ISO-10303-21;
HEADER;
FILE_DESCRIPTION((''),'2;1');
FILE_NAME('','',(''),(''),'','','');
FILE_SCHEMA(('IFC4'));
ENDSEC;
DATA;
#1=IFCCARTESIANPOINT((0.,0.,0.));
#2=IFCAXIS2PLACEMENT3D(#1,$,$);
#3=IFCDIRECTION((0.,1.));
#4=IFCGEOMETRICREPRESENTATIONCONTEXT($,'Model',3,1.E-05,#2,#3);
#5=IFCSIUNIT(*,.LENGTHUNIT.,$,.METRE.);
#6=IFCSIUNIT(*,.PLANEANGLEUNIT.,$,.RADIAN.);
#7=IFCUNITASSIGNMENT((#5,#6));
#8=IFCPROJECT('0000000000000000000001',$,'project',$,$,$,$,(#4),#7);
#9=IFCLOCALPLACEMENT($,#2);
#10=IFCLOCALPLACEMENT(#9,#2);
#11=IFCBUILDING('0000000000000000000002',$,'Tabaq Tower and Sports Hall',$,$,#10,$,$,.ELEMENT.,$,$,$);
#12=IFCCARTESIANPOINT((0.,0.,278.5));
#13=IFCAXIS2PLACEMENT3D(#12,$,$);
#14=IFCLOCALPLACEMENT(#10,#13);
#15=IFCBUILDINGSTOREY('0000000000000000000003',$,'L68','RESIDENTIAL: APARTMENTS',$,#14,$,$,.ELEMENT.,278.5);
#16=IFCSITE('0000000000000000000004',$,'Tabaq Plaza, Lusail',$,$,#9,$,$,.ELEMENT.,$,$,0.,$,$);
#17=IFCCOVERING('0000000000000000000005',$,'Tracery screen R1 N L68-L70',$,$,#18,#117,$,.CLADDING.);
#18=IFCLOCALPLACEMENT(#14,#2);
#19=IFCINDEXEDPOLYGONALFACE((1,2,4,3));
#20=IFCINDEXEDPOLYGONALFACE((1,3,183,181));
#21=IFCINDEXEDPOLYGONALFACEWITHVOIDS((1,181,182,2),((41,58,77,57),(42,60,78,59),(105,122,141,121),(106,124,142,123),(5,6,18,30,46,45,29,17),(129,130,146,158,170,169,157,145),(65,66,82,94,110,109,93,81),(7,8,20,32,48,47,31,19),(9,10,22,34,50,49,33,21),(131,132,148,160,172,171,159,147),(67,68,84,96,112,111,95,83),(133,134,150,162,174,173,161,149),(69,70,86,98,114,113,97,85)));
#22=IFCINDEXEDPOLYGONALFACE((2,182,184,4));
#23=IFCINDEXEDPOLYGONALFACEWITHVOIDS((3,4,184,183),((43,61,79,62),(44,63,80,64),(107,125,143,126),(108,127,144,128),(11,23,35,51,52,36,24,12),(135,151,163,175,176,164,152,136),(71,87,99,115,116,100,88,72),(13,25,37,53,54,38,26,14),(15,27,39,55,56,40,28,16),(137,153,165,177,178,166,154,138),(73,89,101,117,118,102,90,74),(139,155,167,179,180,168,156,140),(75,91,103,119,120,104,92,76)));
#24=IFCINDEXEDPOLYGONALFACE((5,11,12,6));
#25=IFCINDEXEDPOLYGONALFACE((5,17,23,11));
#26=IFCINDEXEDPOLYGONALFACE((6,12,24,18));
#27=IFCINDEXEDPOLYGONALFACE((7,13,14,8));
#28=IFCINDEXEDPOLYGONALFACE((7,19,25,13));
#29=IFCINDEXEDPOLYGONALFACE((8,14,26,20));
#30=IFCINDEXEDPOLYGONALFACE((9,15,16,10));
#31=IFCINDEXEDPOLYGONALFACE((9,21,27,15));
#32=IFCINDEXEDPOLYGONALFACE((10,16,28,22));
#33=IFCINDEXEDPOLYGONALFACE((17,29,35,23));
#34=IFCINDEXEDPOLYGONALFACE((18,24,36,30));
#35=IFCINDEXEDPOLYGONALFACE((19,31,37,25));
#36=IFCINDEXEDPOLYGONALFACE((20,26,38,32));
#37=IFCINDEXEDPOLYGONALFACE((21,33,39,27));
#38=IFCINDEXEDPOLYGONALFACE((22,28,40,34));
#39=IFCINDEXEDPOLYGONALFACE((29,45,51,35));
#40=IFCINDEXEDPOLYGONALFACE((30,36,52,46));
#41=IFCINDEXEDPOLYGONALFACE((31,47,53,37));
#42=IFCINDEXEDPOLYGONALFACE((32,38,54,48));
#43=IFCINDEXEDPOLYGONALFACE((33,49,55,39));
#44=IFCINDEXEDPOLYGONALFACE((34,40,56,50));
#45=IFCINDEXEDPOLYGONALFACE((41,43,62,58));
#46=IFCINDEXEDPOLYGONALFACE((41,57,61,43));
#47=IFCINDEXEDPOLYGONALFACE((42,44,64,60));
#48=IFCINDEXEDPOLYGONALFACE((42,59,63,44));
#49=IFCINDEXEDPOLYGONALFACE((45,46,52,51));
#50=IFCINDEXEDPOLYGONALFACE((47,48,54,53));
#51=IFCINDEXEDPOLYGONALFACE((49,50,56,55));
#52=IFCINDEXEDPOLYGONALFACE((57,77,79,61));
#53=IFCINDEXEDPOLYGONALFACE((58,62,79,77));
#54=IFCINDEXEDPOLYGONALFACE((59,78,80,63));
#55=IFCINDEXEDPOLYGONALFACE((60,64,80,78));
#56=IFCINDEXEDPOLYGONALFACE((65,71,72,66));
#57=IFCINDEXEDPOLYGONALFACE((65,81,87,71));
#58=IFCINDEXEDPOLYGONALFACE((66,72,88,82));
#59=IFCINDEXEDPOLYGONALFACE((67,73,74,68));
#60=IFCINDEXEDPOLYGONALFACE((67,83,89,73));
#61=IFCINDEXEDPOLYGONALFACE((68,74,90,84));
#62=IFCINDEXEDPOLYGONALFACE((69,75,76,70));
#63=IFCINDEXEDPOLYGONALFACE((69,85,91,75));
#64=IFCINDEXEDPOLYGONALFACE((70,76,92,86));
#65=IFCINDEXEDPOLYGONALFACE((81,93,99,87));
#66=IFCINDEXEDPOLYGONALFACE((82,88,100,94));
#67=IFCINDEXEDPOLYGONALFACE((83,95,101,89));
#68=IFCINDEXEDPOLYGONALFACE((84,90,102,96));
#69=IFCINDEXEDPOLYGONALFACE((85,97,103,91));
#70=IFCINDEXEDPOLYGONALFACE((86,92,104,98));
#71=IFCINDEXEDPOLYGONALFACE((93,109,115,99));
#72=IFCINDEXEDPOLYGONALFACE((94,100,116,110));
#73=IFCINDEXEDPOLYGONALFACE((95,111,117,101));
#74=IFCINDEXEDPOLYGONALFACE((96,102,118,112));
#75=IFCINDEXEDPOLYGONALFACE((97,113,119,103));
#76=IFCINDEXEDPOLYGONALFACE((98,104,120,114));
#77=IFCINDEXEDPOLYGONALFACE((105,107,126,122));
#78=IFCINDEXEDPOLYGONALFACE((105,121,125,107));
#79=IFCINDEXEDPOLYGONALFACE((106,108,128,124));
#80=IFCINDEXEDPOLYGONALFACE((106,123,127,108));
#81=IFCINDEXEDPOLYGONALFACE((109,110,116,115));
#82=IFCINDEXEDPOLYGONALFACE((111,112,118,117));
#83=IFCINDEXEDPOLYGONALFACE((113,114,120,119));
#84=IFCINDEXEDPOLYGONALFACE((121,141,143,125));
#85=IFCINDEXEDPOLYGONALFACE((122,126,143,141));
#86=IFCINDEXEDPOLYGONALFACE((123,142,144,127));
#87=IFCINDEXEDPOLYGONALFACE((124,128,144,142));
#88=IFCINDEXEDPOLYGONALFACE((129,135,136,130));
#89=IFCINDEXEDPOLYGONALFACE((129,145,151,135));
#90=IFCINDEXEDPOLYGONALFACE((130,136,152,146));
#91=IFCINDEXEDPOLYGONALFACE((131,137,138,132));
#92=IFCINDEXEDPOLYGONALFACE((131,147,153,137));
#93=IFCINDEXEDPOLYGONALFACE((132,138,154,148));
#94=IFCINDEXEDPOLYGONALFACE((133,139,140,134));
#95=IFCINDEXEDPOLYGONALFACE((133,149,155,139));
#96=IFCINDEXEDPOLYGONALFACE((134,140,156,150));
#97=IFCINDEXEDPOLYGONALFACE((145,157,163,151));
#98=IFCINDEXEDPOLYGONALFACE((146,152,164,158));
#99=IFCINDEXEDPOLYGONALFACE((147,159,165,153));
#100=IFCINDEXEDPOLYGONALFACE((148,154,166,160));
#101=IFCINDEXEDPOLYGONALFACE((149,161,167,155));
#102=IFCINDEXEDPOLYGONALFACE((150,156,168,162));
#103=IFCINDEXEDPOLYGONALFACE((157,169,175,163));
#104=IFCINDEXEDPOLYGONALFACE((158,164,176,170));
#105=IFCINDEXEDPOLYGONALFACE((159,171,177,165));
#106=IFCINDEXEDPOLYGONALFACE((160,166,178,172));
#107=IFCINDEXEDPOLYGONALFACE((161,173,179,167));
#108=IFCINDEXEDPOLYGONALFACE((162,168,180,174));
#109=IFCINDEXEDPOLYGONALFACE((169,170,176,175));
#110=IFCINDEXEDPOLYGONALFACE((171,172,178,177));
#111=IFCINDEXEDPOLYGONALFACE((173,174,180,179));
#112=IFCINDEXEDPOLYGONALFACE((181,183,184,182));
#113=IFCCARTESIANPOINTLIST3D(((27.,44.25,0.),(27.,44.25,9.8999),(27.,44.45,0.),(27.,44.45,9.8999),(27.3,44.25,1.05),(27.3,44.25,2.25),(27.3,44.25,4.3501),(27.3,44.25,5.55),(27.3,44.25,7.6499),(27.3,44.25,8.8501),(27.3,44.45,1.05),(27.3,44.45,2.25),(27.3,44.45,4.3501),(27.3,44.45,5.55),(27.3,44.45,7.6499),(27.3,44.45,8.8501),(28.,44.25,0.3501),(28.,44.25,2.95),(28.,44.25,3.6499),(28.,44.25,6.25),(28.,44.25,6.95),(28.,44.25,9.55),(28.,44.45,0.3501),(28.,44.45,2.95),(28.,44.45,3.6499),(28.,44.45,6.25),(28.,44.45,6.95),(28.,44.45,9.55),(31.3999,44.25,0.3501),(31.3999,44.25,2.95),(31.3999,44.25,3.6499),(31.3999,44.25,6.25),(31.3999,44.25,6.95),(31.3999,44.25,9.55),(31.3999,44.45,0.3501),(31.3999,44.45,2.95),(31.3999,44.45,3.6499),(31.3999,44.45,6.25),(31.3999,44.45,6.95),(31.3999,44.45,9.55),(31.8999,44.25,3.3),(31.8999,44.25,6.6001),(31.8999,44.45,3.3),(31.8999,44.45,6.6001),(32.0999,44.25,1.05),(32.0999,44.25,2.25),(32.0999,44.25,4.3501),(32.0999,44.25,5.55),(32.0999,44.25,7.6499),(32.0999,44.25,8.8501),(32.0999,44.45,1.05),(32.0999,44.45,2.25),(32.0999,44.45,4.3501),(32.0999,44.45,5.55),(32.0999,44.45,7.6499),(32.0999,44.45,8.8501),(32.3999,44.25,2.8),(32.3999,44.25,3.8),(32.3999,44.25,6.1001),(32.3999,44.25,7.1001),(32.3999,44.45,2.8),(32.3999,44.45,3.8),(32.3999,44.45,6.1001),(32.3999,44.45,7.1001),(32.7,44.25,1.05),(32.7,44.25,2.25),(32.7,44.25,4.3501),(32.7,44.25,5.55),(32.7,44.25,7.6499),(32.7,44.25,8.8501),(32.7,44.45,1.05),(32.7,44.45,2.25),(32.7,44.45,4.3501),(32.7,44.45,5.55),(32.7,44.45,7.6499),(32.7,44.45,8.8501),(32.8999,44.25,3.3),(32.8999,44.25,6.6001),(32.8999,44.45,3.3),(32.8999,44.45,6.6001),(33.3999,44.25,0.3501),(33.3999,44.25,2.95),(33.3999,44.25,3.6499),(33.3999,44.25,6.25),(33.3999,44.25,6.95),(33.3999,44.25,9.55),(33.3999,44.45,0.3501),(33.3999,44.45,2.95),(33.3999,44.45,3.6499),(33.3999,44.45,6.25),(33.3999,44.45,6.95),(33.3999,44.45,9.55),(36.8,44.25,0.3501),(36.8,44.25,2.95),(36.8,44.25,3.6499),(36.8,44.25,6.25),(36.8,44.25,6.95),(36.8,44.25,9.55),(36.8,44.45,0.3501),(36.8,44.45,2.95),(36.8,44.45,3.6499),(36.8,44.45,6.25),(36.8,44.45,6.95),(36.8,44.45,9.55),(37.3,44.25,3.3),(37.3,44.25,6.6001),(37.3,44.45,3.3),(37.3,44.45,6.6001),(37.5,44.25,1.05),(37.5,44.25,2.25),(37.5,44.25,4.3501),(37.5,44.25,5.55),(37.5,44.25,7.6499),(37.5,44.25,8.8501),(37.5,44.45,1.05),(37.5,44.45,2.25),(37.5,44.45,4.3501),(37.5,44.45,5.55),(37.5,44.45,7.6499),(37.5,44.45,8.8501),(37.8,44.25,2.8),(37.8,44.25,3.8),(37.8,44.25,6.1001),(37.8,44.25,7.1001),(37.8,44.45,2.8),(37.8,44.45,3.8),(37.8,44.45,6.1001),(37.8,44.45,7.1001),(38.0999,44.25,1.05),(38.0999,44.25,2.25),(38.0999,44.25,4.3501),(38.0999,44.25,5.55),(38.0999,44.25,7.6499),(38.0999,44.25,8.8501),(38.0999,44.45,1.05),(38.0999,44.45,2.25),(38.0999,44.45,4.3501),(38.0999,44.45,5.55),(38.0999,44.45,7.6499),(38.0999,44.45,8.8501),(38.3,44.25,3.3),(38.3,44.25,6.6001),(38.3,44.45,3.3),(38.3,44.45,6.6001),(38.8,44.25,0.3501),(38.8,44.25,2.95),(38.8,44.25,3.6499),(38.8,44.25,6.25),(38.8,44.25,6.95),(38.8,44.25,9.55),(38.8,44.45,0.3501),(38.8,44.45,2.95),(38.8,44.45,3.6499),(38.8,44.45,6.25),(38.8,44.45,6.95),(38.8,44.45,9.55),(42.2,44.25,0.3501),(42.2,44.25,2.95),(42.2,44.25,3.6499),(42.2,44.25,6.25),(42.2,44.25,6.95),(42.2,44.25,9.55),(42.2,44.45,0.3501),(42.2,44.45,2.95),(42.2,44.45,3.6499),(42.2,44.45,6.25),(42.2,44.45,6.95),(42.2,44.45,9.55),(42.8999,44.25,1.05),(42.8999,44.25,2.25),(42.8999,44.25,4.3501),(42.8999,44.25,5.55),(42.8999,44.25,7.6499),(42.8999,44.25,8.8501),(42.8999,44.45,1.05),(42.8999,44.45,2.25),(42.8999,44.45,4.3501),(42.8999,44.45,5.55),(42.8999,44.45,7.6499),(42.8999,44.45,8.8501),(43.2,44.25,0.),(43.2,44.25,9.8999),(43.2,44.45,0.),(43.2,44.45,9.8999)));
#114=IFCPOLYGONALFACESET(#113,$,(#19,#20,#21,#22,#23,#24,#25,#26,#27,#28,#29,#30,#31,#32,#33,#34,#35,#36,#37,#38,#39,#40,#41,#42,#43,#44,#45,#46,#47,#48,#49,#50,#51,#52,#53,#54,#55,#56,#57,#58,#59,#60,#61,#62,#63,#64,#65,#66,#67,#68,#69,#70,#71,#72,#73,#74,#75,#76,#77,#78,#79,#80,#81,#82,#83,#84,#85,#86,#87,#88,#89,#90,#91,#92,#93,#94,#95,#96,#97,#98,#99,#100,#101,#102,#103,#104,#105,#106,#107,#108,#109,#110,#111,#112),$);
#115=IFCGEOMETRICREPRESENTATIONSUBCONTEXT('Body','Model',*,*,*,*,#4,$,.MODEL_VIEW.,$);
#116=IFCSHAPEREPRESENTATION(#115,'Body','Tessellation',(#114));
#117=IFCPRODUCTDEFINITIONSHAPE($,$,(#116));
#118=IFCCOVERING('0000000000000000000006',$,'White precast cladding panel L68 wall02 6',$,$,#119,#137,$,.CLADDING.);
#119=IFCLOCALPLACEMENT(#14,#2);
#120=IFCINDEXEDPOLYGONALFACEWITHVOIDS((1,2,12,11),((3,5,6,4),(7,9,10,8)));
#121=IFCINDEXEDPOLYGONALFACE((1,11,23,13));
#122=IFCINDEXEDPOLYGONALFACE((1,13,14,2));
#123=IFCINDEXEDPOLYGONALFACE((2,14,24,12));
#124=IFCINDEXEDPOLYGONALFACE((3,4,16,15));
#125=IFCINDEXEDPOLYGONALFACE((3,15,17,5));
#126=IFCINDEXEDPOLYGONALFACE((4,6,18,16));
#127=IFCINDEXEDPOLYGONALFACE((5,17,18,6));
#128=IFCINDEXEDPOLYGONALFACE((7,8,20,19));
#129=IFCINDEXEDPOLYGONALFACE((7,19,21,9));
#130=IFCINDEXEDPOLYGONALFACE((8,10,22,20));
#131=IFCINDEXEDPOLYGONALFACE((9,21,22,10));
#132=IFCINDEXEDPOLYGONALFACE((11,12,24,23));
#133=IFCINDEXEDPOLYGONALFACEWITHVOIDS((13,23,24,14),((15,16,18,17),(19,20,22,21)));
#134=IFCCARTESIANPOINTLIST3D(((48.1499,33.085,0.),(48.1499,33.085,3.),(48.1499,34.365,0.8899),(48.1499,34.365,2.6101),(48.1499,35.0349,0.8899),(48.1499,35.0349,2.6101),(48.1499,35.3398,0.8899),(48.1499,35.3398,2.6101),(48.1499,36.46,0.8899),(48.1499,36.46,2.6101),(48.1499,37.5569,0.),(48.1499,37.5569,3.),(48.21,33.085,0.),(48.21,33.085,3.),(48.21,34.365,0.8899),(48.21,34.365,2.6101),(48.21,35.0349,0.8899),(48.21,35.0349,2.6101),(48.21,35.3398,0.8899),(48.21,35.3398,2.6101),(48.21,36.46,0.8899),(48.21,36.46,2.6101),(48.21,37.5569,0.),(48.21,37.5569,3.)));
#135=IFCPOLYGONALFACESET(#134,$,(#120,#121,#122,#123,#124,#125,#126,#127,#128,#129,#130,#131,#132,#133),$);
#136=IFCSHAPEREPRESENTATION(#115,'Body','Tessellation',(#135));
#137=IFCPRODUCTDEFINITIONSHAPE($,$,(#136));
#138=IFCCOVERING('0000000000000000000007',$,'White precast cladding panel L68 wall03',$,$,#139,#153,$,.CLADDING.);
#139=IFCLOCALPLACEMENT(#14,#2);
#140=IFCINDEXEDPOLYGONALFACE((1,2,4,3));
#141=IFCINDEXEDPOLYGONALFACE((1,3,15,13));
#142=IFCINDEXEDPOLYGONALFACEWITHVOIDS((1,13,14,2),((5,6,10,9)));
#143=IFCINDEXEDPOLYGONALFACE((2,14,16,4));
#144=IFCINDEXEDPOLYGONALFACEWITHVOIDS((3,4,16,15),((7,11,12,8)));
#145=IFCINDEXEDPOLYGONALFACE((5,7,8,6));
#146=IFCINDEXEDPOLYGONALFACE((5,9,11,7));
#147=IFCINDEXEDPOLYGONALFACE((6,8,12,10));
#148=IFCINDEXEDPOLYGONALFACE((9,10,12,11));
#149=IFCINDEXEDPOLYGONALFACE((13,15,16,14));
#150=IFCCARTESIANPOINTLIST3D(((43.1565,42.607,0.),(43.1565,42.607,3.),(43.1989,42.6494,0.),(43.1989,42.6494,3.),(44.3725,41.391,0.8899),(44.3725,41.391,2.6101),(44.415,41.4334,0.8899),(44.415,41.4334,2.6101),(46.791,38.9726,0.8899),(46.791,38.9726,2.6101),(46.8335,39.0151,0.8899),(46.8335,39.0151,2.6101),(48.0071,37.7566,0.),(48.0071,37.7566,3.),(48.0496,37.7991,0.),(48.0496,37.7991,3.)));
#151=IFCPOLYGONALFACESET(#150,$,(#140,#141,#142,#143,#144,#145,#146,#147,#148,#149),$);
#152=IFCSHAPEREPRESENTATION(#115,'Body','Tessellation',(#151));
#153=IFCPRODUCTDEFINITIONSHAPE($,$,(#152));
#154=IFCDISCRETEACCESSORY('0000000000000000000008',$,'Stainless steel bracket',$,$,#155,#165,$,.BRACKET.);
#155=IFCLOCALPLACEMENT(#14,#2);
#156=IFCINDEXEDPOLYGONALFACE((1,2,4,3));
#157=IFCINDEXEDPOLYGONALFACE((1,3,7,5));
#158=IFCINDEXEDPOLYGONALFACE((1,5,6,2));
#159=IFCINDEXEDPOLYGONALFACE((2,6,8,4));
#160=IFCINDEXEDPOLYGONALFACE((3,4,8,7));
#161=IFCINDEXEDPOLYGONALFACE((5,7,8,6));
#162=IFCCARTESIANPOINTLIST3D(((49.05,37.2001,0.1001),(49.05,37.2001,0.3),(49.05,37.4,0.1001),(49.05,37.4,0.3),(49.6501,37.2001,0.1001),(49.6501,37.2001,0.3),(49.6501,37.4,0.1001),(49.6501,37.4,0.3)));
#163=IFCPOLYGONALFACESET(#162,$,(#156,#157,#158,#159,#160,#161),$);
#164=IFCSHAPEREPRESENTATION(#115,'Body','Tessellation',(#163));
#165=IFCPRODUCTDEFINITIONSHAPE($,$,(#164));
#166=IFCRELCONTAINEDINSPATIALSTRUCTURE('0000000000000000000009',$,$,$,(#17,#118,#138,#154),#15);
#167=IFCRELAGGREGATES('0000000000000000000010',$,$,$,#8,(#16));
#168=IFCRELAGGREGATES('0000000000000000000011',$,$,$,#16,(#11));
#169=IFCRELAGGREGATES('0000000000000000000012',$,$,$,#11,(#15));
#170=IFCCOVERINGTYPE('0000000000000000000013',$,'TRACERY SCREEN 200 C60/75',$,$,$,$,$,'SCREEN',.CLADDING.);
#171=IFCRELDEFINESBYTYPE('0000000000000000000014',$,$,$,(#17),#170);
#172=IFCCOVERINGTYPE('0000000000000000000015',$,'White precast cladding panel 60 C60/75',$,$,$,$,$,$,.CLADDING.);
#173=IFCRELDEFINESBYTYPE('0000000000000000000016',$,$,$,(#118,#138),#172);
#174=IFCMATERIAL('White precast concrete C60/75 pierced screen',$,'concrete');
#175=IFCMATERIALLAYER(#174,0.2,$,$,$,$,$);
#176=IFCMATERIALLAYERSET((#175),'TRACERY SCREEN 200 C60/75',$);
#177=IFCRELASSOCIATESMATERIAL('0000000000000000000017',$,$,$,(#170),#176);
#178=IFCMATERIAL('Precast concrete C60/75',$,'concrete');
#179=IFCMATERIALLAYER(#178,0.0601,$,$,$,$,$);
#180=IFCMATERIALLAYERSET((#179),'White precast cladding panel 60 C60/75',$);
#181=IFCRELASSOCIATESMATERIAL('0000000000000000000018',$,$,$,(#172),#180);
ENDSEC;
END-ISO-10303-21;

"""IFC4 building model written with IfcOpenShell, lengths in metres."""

from ifc_helpers import new_model, si_unit, direction, frame, origin, origin_2d, place, context, subcontext, project, spatial, polyline, rectangle, outline, extrude, material, layer, layer_set, type_object, element, save


model = new_model("IFC4")

# Units and contexts
model_context = context("Model", 3, precision=1e-05, world=origin(), true_north=direction((0.0, 1.0)))
body_context = subcontext(model_context, "Body", "Model", "MODEL_VIEW")
ifc_project = project(units=[si_unit("LENGTHUNIT", "METRE"), si_unit("PLANEANGLEUNIT", "RADIAN")], contexts=[model_context])

# Site, building, storey
site_placement = place(None, origin())
site = spatial("IfcSite", under=ifc_project, at=site_placement, Name="Tabaq Plaza, Lusail", CompositionType="ELEMENT", RefElevation=0.0)
building_placement = place(site_placement, origin())
building = spatial("IfcBuilding", under=site, at=building_placement, Name="Tabaq Tower and Sports Hall", CompositionType="ELEMENT")
storey_placement = place(building_placement, frame((0.0, 0.0, 278.5)))
storey = spatial("IfcBuildingStorey", under=building, at=storey_placement, Name="L68", Description="RESIDENTIAL: APARTMENTS", CompositionType="ELEMENT", Elevation=278.5)

# Coverings
ifc_material_1 = material(Name="White precast concrete C60/75 pierced screen", Category="concrete")
ifc_layer_1 = layer(ifc_material_1, 0.2)
ifc_layer_set_1 = layer_set([ifc_layer_1], Name="TRACERY SCREEN 200 C60/75")
covering_type_1 = type_object("IfcCoveringType", Name="TRACERY SCREEN 200 C60/75", ElementType="SCREEN", PredefinedType="CLADDING", material=ifc_layer_set_1)
covering_1_placement = place(storey_placement, frame((43.2, 44.3501, 0.0), z_axis=(0.0, 0.0, 1.0), x_axis=(-1.0, 0.0, 0.0)))
element("IfcCovering", 1, at=covering_1_placement, inside=storey, type_object=covering_type_1, Name="Tracery screen R1 N L68-L70", PredefinedType="CLADDING", context=body_context, shape_type="SweptSolid", body=[
    extrude(outline(polyline([(0.0, 0.0), (16.2, 0.0), (16.2, 9.8999), (0.0, 9.8999), (0.0, 0.0)]), holes=[polyline([(1.0, 0.3501), (4.3999, 0.3501), (5.1001, 1.05), (5.1001, 2.25), (4.3999, 2.95), (1.0, 2.95), (0.3, 2.25), (0.3, 1.05), (1.0, 0.3501)]), polyline([(6.3999, 0.3501), (9.8, 0.3501), (10.5, 1.05), (10.5, 2.25), (9.8, 2.95), (6.3999, 2.95), (5.7, 2.25), (5.7, 1.05), (6.3999, 0.3501)]), polyline([(11.8, 0.3501), (15.2, 0.3501), (15.8999, 1.05), (15.8999, 2.25), (15.2, 2.95), (11.8, 2.95), (11.1001, 2.25), (11.1001, 1.05), (11.8, 0.3501)]), polyline([(1.0, 3.6499), (4.3999, 3.6499), (5.1001, 4.3501), (5.1001, 5.55), (4.3999, 6.25), (1.0, 6.25), (0.3, 5.55), (0.3, 4.3501), (1.0, 3.6499)]), polyline([(6.3999, 3.6499), (9.8, 3.6499), (10.5, 4.3501), (10.5, 5.55), (9.8, 6.25), (6.3999, 6.25), (5.7, 5.55), (5.7, 4.3501), (6.3999, 3.6499)]), polyline([(11.8, 3.6499), (15.2, 3.6499), (15.8999, 4.3501), (15.8999, 5.55), (15.2, 6.25), (11.8, 6.25), (11.1001, 5.55), (11.1001, 4.3501), (11.8, 3.6499)]), polyline([(1.0, 6.95), (4.3999, 6.95), (5.1001, 7.6499), (5.1001, 8.8501), (4.3999, 9.55), (1.0, 9.55), (0.3, 8.8501), (0.3, 7.6499), (1.0, 6.95)]), polyline([(6.3999, 6.95), (9.8, 6.95), (10.5, 7.6499), (10.5, 8.8501), (9.8, 9.55), (6.3999, 9.55), (5.7, 8.8501), (5.7, 7.6499), (6.3999, 6.95)]), polyline([(11.8, 6.95), (15.2, 6.95), (15.8999, 7.6499), (15.8999, 8.8501), (15.2, 9.55), (11.8, 9.55), (11.1001, 8.8501), (11.1001, 7.6499), (11.8, 6.95)]), polyline([(5.8999, 3.3), (5.3999, 3.8), (4.8999, 3.3), (5.3999, 2.8), (5.8999, 3.3)]), polyline([(11.3, 3.3), (10.8, 3.8), (10.3, 3.3), (10.8, 2.8), (11.3, 3.3)]), polyline([(5.8999, 6.6001), (5.3999, 7.1001), (4.8999, 6.6001), (5.3999, 6.1001), (5.8999, 6.6001)]), polyline([(11.3, 6.6001), (10.8, 7.1001), (10.3, 6.6001), (10.8, 6.1001), (11.3, 6.6001)])]), frame((0.0, 0.1001, 0.0), z_axis=(0.0, -1.0, 0.0), x_axis=(1.0, 0.0, 0.0)), (0.0, 0.0, 1.0), 0.2),
])
ifc_material_2 = material(Name="Precast concrete C60/75", Category="concrete")
ifc_layer_2 = layer(ifc_material_2, 0.0601)
ifc_layer_set_2 = layer_set([ifc_layer_2], Name="White precast cladding panel 60 C60/75")
covering_type_2 = type_object("IfcCoveringType", Name="White precast cladding panel 60 C60/75", PredefinedType="CLADDING", material=ifc_layer_set_2)
covering_2_placement = place(storey_placement, frame((48.1799, 33.085, 0.0), z_axis=(0.0, 0.0, 1.0), x_axis=(0.0, 1.0, 0.0)))
element("IfcCovering", 2, at=covering_2_placement, inside=storey, type_object=covering_type_2, Name="White precast cladding panel L68 wall02 6", PredefinedType="CLADDING", context=body_context, shape_type="SweptSolid", body=[
    extrude(outline(polyline([(0.0, 0.0), (4.4719, 0.0), (4.4719, 3.0), (0.0, 3.0), (0.0, 0.0)]), holes=[polyline([(1.28, 2.6101), (1.95, 2.6101), (1.95, 0.8899), (1.28, 0.8899), (1.28, 2.6101)]), polyline([(2.2549, 2.6101), (3.375, 2.6101), (3.375, 0.8899), (2.2549, 0.8899), (2.2549, 2.6101)])]), frame((0.0, 0.03, 0.0), z_axis=(0.0, -1.0, 0.0), x_axis=(1.0, 0.0, 0.0)), (0.0, 0.0, 1.0), 0.0601),
])
covering_3_placement = place(storey_placement, frame((48.0283, 37.7778, 0.0), z_axis=(0.0, 0.0, 1.0), x_axis=(-0.707125, 0.707089, 0.0)))
element("IfcCovering", 3, at=covering_3_placement, inside=storey, type_object=covering_type_2, Name="White precast cladding panel L68 wall03", PredefinedType="CLADDING", context=body_context, shape_type="SweptSolid", body=[
    extrude(outline(polyline([(0.0, 0.0), (6.8596, 0.0), (6.8596, 3.0), (0.0, 3.0), (0.0, 0.0)]), holes=[polyline([(1.7197, 0.8899), (1.7197, 2.6101), (5.1399, 2.6101), (5.1399, 0.8899), (1.7197, 0.8899)])]), frame((0.0, 0.03, 0.0), z_axis=(0.0, -1.0, 0.0), x_axis=(1.0, 0.0, 0.0)), (0.0, 0.0, 1.0), 0.0601),
])

# Discrete accessory
discrete_accessory_placement = place(storey_placement, frame((49.3501, 37.3, 0.1001), z_axis=(0.0, 0.0, 1.0), x_axis=(1.0, 0.0, 0.0)))
element("IfcDiscreteAccessory", 4, at=discrete_accessory_placement, inside=storey, Name="Stainless steel bracket", PredefinedType="BRACKET", context=body_context, shape_type="SweptSolid", body=[
    extrude(rectangle(XDim=0.6001, YDim=0.2, at=origin_2d()), origin(), (0.0, 0.0, 1.0), 0.2),
])

save(model, "model.ifc")
